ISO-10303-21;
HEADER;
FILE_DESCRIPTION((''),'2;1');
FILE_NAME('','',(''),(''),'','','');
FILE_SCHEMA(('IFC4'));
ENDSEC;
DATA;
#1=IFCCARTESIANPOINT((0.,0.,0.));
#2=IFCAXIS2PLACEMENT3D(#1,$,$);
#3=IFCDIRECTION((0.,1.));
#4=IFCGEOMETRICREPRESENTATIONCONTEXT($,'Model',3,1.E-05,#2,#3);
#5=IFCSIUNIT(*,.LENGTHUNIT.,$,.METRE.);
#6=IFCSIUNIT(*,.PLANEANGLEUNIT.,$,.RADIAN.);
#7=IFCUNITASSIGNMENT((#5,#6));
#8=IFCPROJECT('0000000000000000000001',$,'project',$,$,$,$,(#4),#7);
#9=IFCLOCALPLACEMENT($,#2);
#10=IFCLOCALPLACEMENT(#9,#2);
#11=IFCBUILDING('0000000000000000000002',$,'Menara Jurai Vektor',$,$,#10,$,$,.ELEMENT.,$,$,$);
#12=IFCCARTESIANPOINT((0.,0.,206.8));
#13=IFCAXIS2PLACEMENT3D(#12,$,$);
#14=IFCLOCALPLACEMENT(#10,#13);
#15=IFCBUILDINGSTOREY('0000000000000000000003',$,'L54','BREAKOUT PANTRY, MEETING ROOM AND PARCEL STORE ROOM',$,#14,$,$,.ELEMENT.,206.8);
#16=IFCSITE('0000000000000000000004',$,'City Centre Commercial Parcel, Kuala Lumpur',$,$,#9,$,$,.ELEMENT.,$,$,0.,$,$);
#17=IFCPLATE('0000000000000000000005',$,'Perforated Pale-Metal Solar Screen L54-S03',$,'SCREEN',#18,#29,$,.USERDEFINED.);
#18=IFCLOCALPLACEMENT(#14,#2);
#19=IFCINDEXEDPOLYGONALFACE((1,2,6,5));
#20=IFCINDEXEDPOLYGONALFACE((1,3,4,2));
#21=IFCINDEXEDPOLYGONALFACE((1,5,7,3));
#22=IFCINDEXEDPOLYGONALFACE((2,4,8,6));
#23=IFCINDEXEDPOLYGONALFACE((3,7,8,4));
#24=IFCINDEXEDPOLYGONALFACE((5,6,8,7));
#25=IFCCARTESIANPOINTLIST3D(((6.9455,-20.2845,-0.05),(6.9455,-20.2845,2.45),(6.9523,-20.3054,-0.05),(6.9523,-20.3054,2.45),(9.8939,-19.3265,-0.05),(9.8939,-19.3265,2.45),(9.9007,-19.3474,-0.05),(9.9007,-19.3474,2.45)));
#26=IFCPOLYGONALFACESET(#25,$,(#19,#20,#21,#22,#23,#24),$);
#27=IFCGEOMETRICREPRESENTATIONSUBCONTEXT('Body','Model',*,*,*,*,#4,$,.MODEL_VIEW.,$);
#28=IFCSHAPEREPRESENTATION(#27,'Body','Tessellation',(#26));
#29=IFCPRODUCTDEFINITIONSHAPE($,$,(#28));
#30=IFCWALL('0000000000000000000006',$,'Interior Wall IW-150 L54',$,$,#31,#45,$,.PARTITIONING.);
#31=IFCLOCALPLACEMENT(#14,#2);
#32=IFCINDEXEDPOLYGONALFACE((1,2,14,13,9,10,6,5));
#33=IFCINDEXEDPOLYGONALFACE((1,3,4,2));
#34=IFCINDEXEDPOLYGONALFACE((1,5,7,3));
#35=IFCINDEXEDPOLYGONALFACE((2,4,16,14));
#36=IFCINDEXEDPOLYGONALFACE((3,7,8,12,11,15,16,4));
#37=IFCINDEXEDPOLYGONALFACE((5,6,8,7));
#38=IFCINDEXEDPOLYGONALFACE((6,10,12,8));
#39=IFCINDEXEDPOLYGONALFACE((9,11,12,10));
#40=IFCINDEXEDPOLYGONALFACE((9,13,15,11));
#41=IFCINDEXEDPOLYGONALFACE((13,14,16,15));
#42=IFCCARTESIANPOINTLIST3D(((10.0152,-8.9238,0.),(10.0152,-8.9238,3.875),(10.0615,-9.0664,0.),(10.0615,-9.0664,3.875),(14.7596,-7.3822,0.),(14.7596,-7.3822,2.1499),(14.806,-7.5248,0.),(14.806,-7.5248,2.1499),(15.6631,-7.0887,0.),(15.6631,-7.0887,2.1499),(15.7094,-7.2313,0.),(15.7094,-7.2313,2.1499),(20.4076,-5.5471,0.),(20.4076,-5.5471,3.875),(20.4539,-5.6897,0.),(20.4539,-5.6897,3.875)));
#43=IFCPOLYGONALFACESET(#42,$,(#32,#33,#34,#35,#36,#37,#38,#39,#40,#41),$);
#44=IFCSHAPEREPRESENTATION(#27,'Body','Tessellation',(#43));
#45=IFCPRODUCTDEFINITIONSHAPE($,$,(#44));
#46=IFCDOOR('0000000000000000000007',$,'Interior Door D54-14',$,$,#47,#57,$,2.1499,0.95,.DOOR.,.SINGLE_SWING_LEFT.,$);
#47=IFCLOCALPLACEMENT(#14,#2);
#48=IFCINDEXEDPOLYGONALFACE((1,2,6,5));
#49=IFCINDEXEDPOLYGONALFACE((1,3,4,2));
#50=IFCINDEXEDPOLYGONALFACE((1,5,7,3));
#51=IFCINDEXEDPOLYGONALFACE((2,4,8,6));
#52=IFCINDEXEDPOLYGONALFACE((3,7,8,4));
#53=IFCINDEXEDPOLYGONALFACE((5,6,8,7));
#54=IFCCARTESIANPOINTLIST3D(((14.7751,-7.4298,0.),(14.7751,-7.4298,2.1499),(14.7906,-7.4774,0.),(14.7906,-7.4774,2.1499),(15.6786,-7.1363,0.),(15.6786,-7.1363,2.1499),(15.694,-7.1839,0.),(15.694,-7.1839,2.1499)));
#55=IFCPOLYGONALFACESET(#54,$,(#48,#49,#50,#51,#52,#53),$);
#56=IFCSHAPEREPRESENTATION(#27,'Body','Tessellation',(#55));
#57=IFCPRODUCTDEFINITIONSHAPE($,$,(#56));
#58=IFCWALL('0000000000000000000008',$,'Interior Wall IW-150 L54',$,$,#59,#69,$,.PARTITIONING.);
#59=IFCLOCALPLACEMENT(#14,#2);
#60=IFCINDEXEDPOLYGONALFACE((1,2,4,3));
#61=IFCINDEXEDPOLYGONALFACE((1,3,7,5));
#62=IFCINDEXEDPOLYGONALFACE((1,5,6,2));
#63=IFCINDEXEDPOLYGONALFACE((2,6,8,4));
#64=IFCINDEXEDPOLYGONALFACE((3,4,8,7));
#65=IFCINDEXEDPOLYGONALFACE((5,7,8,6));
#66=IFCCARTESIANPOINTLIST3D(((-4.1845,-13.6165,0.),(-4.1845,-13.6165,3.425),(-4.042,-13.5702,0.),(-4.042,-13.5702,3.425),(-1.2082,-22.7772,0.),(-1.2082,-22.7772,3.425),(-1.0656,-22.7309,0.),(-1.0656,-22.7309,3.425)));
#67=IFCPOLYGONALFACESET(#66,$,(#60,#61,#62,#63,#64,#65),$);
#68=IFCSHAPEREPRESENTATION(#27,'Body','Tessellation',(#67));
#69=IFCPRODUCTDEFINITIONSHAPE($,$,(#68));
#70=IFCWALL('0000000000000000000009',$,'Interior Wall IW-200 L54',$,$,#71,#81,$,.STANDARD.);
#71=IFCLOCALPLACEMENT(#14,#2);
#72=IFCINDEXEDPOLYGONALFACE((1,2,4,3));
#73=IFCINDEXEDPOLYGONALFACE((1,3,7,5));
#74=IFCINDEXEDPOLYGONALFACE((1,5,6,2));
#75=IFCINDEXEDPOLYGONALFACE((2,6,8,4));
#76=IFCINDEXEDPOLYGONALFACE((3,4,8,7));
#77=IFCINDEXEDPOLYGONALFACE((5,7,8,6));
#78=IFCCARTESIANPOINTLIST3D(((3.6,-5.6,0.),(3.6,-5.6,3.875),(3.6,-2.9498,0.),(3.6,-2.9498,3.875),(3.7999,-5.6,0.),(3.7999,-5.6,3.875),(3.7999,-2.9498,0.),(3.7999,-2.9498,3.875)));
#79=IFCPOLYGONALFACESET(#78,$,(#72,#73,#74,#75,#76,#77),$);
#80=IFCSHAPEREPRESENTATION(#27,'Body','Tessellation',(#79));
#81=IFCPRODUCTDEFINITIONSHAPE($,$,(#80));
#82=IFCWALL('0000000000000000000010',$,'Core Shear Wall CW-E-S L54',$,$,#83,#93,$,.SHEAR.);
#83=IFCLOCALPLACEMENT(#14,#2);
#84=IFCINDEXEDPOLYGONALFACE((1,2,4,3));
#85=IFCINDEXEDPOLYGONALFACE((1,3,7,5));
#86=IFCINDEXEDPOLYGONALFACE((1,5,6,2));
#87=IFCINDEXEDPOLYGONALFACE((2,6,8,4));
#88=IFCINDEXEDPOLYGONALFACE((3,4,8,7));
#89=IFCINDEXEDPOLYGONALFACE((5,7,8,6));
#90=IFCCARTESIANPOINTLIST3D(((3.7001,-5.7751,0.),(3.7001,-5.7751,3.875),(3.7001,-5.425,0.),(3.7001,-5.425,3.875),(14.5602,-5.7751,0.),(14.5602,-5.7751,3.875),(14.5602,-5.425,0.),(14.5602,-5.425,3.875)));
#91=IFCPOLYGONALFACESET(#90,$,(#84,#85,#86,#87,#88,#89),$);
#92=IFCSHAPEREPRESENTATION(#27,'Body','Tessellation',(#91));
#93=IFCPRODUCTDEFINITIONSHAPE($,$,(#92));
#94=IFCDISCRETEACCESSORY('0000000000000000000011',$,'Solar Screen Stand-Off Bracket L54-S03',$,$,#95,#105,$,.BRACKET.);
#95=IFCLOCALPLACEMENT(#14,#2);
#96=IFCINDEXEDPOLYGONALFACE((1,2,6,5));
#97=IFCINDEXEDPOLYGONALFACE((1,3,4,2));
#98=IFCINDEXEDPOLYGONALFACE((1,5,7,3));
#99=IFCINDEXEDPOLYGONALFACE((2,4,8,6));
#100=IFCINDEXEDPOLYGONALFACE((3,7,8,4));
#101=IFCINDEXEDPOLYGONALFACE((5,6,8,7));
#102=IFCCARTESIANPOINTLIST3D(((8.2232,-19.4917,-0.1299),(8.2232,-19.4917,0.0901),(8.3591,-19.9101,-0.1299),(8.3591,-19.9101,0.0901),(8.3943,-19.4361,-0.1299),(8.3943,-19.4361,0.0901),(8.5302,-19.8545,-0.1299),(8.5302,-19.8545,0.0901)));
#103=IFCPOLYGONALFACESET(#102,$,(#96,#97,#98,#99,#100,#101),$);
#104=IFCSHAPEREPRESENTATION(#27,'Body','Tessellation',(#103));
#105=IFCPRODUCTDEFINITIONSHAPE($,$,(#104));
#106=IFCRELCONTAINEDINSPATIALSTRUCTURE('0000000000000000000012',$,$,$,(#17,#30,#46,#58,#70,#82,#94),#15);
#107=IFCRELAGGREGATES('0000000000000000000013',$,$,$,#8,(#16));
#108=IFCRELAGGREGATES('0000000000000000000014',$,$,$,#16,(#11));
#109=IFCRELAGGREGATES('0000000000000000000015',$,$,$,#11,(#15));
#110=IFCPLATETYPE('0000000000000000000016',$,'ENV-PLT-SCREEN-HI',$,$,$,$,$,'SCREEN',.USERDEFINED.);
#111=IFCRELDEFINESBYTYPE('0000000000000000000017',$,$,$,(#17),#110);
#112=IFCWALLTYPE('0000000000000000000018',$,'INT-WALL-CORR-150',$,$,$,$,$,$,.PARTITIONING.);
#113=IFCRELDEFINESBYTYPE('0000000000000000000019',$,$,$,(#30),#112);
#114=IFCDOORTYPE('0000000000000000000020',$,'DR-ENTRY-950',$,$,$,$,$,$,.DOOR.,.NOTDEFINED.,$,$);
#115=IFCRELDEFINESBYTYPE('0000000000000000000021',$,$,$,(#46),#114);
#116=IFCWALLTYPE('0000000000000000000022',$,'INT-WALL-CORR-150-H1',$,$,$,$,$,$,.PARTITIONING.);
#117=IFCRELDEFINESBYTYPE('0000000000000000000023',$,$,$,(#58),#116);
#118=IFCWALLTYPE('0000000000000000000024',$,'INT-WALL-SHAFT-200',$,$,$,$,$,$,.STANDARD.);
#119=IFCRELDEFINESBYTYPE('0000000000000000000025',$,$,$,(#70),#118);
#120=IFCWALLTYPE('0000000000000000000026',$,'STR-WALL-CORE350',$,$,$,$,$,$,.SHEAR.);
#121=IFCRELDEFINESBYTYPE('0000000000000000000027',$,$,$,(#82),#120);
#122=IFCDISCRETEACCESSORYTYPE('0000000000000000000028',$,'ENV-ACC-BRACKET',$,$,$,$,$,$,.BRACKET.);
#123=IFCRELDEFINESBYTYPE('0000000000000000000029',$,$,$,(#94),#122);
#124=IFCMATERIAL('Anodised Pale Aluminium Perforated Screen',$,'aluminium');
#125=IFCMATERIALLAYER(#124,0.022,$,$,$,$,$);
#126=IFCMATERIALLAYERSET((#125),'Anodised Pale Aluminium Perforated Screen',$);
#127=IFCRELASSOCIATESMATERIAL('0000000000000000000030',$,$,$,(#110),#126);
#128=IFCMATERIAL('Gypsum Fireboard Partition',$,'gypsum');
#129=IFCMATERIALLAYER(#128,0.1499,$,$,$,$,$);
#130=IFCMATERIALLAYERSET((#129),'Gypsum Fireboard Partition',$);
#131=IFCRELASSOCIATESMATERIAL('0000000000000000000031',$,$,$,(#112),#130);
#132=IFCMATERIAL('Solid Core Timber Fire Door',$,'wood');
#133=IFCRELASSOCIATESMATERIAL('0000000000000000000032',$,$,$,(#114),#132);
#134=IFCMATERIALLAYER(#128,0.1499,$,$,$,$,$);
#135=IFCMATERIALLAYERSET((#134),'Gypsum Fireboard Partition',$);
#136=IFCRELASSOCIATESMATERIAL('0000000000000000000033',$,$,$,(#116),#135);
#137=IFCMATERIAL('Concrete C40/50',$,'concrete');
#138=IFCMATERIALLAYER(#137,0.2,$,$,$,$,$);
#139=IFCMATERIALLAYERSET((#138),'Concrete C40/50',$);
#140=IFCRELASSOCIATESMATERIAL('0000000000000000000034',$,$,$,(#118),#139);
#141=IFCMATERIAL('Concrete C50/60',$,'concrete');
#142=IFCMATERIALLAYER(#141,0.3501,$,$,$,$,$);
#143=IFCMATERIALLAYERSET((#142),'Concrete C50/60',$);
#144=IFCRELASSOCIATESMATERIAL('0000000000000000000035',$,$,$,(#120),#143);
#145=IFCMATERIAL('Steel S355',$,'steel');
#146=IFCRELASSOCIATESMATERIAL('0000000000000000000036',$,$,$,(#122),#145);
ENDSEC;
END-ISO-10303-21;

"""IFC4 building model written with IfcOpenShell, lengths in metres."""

from ifc_helpers import new_model, si_unit, direction, frame, frame_2d, origin, origin_2d, place, context, subcontext, project, spatial, rectangle, extrude, material, layer, layer_set, type_object, element, fill, save


model = new_model("IFC4")

# Units and contexts
model_context = context("Model", 3, precision=1e-05, world=origin(), true_north=direction((0.0, 1.0)))
body_context = subcontext(model_context, "Body", "Model", "MODEL_VIEW")
ifc_project = project(units=[si_unit("LENGTHUNIT", "METRE"), si_unit("PLANEANGLEUNIT", "RADIAN")], contexts=[model_context])

# Site, building, storey
site_placement = place(None, origin())
site = spatial("IfcSite", under=ifc_project, at=site_placement, Name="City Centre Commercial Parcel, Kuala Lumpur", CompositionType="ELEMENT", RefElevation=0.0)
building_placement = place(site_placement, origin())
building = spatial("IfcBuilding", under=site, at=building_placement, Name="Menara Jurai Vektor", CompositionType="ELEMENT")
storey_placement = place(building_placement, frame((0.0, 0.0, 206.8)))
storey = spatial("IfcBuildingStorey", under=building, at=storey_placement, Name="L54", Description="BREAKOUT PANTRY, MEETING ROOM AND PARCEL STORE ROOM", CompositionType="ELEMENT", Elevation=206.8)

# Shared definitions
ifc_material_1 = material(Name="Concrete C50/60", Category="concrete")

# Shared definitions
ifc_material_2 = material(Name="Steel S355", Category="steel")

# Plate
ifc_material_3 = material(Name="Anodised Pale Aluminium Perforated Screen", Category="aluminium")
ifc_layer_1 = layer(ifc_material_3, 0.022)
ifc_layer_set_1 = layer_set([ifc_layer_1], Name="Anodised Pale Aluminium Perforated Screen")
plate_type_1 = type_object("IfcPlateType", Name="ENV-PLT-SCREEN-HI", ElementType="SCREEN", PredefinedType="USERDEFINED", material=ifc_layer_set_1)
plate_1_placement = place(storey_placement, frame((8.4231, -19.8159, -0.05), z_axis=(0.0, 0.0, 1.0), x_axis=(0.951057, 0.309017, 0.0)))
element("IfcPlate", 1, at=plate_1_placement, inside=storey, type_object=plate_type_1, Name="Perforated Pale-Metal Solar Screen L54-S03", ObjectType="SCREEN", PredefinedType="USERDEFINED", context=body_context, shape_type="SweptSolid", body=[
    extrude(rectangle(XDim=3.1001, YDim=0.022, at=origin_2d()), origin(), (0.0, 0.0, 1.0), 2.5),
])

# Wall, opening, door
ifc_material_4 = material(Name="Gypsum Fireboard Partition", Category="gypsum")
ifc_layer_2 = layer(ifc_material_4, 0.1499)
ifc_layer_set_2 = layer_set([ifc_layer_2], Name="Gypsum Fireboard Partition")
wall_type_1 = type_object("IfcWallType", Name="INT-WALL-CORR-150", PredefinedType="PARTITIONING", material=ifc_layer_set_2)
wall_1_placement = place(storey_placement, frame((10.0383, -8.9951, 0.0), z_axis=(0.0, 0.0, 1.0), x_axis=(0.951056, 0.30902, 0.0)))
wall_1 = element("IfcWall", 2, at=wall_1_placement, inside=storey, type_object=wall_type_1, Name="Interior Wall IW-150 L54", PredefinedType="PARTITIONING", context=body_context, shape_type="SweptSolid", body=[
    extrude(rectangle(XDim=10.9272, YDim=0.1499, at=frame_2d((5.4636, 0.0))), origin(), (0.0, 0.0, 1.0), 3.875),
])
opening_placement = place(wall_1_placement, frame((4.9885, 0.0, 0.0)))
opening = element("IfcOpeningElement", 3, at=opening_placement, cuts=wall_1, PredefinedType="OPENING", context=body_context, shape_type="SweptSolid", body=[
    extrude(rectangle(XDim=0.95, YDim=2.1499, at=frame_2d((0.4751, 1.075))), frame((0.0, 0.085, 0.0), z_axis=(0.0, -1.0, 0.0), x_axis=(1.0, 0.0, 0.0)), (0.0, 0.0, 1.0), 0.1699),
])
ifc_material_5 = material(Name="Solid Core Timber Fire Door", Category="wood")
door_type = type_object("IfcDoorType", Name="DR-ENTRY-950", OperationType="NOTDEFINED", PredefinedType="DOOR", material=ifc_material_5)
door_placement = place(opening_placement, origin())
door = element("IfcDoor", 4, at=door_placement, inside=storey, type_object=door_type, Name="Interior Door D54-14", OperationType="SINGLE_SWING_LEFT", OverallHeight=2.1499, OverallWidth=0.95, PredefinedType="DOOR", context=body_context, shape_type="SweptSolid", body=[
    extrude(rectangle(XDim=0.95, YDim=2.1499, at=frame_2d((0.4751, 1.075))), frame((0.0, 0.0249, 0.0), z_axis=(0.0, -1.0, 0.0), x_axis=(1.0, 0.0, 0.0)), (0.0, 0.0, 1.0), 0.05),
])
fill(opening, door)

# Walls
ifc_layer_3 = layer(ifc_material_4, 0.1499)
ifc_layer_set_3 = layer_set([ifc_layer_3], Name="Gypsum Fireboard Partition")
wall_type_2 = type_object("IfcWallType", Name="INT-WALL-CORR-150-H1", PredefinedType="PARTITIONING", material=ifc_layer_set_3)
wall_2_placement = place(storey_placement, frame((-1.137, -22.7539, 0.0), z_axis=(0.0, 0.0, 1.0), x_axis=(-0.309002, 0.951061, 0.0)))
element("IfcWall", 5, at=wall_2_placement, inside=storey, type_object=wall_type_2, Name="Interior Wall IW-150 L54", PredefinedType="PARTITIONING", context=body_context, shape_type="SweptSolid", body=[
    extrude(rectangle(XDim=9.6321, YDim=0.1499, at=frame_2d((4.8159, 0.0))), origin(), (0.0, 0.0, 1.0), 3.425),
])
ifc_material_6 = material(Name="Concrete C40/50", Category="concrete")
ifc_layer_4 = layer(ifc_material_6, 0.2)
ifc_layer_set_4 = layer_set([ifc_layer_4], Name="Concrete C40/50")
wall_type_3 = type_object("IfcWallType", Name="INT-WALL-SHAFT-200", PredefinedType="STANDARD", material=ifc_layer_set_4)
wall_3_placement = place(storey_placement, frame((3.7, -5.6001, 0.0), z_axis=(0.0, 0.0, 1.0), x_axis=(0.0, 1.0, 0.0)))
element("IfcWall", 6, at=wall_3_placement, inside=storey, type_object=wall_type_3, Name="Interior Wall IW-200 L54", PredefinedType="STANDARD", context=body_context, shape_type="SweptSolid", body=[
    extrude(rectangle(XDim=2.6501, YDim=0.2, at=frame_2d((1.3252, 0.0))), origin(), (0.0, 0.0, 1.0), 3.875),
])
ifc_layer_5 = layer(ifc_material_1, 0.3501)
ifc_layer_set_5 = layer_set([ifc_layer_5], Name="Concrete C50/60")
wall_type_4 = type_object("IfcWallType", Name="STR-WALL-CORE350", PredefinedType="SHEAR", material=ifc_layer_set_5)
wall_4_placement = place(storey_placement, frame((3.7, -5.6001, 0.0), z_axis=(0.0, 0.0, 1.0), x_axis=(1.0, 0.0, 0.0)))
element("IfcWall", 7, at=wall_4_placement, inside=storey, type_object=wall_type_4, Name="Core Shear Wall CW-E-S L54", PredefinedType="SHEAR", context=body_context, shape_type="SweptSolid", body=[
    extrude(rectangle(XDim=10.8601, YDim=0.3501, at=frame_2d((5.4302, 0.0))), origin(), (0.0, 0.0, 1.0), 3.875),
])

# Discrete accessory
discrete_accessory_type = type_object("IfcDiscreteAccessoryType", Name="ENV-ACC-BRACKET", PredefinedType="BRACKET", material=ifc_material_2)
discrete_accessory_placement = place(storey_placement, frame((8.3767, -19.6731, -0.1299), z_axis=(0.0, 0.0, 1.0), x_axis=(0.951057, 0.309017, 0.0)))
element("IfcDiscreteAccessory", 8, at=discrete_accessory_placement, inside=storey, type_object=discrete_accessory_type, Name="Solar Screen Stand-Off Bracket L54-S03", PredefinedType="BRACKET", context=body_context, shape_type="SweptSolid", body=[
    extrude(rectangle(XDim=0.1799, YDim=0.4399, at=origin_2d()), origin(), (0.0, 0.0, 1.0), 0.22),
])

save(model, "model.ifc")
